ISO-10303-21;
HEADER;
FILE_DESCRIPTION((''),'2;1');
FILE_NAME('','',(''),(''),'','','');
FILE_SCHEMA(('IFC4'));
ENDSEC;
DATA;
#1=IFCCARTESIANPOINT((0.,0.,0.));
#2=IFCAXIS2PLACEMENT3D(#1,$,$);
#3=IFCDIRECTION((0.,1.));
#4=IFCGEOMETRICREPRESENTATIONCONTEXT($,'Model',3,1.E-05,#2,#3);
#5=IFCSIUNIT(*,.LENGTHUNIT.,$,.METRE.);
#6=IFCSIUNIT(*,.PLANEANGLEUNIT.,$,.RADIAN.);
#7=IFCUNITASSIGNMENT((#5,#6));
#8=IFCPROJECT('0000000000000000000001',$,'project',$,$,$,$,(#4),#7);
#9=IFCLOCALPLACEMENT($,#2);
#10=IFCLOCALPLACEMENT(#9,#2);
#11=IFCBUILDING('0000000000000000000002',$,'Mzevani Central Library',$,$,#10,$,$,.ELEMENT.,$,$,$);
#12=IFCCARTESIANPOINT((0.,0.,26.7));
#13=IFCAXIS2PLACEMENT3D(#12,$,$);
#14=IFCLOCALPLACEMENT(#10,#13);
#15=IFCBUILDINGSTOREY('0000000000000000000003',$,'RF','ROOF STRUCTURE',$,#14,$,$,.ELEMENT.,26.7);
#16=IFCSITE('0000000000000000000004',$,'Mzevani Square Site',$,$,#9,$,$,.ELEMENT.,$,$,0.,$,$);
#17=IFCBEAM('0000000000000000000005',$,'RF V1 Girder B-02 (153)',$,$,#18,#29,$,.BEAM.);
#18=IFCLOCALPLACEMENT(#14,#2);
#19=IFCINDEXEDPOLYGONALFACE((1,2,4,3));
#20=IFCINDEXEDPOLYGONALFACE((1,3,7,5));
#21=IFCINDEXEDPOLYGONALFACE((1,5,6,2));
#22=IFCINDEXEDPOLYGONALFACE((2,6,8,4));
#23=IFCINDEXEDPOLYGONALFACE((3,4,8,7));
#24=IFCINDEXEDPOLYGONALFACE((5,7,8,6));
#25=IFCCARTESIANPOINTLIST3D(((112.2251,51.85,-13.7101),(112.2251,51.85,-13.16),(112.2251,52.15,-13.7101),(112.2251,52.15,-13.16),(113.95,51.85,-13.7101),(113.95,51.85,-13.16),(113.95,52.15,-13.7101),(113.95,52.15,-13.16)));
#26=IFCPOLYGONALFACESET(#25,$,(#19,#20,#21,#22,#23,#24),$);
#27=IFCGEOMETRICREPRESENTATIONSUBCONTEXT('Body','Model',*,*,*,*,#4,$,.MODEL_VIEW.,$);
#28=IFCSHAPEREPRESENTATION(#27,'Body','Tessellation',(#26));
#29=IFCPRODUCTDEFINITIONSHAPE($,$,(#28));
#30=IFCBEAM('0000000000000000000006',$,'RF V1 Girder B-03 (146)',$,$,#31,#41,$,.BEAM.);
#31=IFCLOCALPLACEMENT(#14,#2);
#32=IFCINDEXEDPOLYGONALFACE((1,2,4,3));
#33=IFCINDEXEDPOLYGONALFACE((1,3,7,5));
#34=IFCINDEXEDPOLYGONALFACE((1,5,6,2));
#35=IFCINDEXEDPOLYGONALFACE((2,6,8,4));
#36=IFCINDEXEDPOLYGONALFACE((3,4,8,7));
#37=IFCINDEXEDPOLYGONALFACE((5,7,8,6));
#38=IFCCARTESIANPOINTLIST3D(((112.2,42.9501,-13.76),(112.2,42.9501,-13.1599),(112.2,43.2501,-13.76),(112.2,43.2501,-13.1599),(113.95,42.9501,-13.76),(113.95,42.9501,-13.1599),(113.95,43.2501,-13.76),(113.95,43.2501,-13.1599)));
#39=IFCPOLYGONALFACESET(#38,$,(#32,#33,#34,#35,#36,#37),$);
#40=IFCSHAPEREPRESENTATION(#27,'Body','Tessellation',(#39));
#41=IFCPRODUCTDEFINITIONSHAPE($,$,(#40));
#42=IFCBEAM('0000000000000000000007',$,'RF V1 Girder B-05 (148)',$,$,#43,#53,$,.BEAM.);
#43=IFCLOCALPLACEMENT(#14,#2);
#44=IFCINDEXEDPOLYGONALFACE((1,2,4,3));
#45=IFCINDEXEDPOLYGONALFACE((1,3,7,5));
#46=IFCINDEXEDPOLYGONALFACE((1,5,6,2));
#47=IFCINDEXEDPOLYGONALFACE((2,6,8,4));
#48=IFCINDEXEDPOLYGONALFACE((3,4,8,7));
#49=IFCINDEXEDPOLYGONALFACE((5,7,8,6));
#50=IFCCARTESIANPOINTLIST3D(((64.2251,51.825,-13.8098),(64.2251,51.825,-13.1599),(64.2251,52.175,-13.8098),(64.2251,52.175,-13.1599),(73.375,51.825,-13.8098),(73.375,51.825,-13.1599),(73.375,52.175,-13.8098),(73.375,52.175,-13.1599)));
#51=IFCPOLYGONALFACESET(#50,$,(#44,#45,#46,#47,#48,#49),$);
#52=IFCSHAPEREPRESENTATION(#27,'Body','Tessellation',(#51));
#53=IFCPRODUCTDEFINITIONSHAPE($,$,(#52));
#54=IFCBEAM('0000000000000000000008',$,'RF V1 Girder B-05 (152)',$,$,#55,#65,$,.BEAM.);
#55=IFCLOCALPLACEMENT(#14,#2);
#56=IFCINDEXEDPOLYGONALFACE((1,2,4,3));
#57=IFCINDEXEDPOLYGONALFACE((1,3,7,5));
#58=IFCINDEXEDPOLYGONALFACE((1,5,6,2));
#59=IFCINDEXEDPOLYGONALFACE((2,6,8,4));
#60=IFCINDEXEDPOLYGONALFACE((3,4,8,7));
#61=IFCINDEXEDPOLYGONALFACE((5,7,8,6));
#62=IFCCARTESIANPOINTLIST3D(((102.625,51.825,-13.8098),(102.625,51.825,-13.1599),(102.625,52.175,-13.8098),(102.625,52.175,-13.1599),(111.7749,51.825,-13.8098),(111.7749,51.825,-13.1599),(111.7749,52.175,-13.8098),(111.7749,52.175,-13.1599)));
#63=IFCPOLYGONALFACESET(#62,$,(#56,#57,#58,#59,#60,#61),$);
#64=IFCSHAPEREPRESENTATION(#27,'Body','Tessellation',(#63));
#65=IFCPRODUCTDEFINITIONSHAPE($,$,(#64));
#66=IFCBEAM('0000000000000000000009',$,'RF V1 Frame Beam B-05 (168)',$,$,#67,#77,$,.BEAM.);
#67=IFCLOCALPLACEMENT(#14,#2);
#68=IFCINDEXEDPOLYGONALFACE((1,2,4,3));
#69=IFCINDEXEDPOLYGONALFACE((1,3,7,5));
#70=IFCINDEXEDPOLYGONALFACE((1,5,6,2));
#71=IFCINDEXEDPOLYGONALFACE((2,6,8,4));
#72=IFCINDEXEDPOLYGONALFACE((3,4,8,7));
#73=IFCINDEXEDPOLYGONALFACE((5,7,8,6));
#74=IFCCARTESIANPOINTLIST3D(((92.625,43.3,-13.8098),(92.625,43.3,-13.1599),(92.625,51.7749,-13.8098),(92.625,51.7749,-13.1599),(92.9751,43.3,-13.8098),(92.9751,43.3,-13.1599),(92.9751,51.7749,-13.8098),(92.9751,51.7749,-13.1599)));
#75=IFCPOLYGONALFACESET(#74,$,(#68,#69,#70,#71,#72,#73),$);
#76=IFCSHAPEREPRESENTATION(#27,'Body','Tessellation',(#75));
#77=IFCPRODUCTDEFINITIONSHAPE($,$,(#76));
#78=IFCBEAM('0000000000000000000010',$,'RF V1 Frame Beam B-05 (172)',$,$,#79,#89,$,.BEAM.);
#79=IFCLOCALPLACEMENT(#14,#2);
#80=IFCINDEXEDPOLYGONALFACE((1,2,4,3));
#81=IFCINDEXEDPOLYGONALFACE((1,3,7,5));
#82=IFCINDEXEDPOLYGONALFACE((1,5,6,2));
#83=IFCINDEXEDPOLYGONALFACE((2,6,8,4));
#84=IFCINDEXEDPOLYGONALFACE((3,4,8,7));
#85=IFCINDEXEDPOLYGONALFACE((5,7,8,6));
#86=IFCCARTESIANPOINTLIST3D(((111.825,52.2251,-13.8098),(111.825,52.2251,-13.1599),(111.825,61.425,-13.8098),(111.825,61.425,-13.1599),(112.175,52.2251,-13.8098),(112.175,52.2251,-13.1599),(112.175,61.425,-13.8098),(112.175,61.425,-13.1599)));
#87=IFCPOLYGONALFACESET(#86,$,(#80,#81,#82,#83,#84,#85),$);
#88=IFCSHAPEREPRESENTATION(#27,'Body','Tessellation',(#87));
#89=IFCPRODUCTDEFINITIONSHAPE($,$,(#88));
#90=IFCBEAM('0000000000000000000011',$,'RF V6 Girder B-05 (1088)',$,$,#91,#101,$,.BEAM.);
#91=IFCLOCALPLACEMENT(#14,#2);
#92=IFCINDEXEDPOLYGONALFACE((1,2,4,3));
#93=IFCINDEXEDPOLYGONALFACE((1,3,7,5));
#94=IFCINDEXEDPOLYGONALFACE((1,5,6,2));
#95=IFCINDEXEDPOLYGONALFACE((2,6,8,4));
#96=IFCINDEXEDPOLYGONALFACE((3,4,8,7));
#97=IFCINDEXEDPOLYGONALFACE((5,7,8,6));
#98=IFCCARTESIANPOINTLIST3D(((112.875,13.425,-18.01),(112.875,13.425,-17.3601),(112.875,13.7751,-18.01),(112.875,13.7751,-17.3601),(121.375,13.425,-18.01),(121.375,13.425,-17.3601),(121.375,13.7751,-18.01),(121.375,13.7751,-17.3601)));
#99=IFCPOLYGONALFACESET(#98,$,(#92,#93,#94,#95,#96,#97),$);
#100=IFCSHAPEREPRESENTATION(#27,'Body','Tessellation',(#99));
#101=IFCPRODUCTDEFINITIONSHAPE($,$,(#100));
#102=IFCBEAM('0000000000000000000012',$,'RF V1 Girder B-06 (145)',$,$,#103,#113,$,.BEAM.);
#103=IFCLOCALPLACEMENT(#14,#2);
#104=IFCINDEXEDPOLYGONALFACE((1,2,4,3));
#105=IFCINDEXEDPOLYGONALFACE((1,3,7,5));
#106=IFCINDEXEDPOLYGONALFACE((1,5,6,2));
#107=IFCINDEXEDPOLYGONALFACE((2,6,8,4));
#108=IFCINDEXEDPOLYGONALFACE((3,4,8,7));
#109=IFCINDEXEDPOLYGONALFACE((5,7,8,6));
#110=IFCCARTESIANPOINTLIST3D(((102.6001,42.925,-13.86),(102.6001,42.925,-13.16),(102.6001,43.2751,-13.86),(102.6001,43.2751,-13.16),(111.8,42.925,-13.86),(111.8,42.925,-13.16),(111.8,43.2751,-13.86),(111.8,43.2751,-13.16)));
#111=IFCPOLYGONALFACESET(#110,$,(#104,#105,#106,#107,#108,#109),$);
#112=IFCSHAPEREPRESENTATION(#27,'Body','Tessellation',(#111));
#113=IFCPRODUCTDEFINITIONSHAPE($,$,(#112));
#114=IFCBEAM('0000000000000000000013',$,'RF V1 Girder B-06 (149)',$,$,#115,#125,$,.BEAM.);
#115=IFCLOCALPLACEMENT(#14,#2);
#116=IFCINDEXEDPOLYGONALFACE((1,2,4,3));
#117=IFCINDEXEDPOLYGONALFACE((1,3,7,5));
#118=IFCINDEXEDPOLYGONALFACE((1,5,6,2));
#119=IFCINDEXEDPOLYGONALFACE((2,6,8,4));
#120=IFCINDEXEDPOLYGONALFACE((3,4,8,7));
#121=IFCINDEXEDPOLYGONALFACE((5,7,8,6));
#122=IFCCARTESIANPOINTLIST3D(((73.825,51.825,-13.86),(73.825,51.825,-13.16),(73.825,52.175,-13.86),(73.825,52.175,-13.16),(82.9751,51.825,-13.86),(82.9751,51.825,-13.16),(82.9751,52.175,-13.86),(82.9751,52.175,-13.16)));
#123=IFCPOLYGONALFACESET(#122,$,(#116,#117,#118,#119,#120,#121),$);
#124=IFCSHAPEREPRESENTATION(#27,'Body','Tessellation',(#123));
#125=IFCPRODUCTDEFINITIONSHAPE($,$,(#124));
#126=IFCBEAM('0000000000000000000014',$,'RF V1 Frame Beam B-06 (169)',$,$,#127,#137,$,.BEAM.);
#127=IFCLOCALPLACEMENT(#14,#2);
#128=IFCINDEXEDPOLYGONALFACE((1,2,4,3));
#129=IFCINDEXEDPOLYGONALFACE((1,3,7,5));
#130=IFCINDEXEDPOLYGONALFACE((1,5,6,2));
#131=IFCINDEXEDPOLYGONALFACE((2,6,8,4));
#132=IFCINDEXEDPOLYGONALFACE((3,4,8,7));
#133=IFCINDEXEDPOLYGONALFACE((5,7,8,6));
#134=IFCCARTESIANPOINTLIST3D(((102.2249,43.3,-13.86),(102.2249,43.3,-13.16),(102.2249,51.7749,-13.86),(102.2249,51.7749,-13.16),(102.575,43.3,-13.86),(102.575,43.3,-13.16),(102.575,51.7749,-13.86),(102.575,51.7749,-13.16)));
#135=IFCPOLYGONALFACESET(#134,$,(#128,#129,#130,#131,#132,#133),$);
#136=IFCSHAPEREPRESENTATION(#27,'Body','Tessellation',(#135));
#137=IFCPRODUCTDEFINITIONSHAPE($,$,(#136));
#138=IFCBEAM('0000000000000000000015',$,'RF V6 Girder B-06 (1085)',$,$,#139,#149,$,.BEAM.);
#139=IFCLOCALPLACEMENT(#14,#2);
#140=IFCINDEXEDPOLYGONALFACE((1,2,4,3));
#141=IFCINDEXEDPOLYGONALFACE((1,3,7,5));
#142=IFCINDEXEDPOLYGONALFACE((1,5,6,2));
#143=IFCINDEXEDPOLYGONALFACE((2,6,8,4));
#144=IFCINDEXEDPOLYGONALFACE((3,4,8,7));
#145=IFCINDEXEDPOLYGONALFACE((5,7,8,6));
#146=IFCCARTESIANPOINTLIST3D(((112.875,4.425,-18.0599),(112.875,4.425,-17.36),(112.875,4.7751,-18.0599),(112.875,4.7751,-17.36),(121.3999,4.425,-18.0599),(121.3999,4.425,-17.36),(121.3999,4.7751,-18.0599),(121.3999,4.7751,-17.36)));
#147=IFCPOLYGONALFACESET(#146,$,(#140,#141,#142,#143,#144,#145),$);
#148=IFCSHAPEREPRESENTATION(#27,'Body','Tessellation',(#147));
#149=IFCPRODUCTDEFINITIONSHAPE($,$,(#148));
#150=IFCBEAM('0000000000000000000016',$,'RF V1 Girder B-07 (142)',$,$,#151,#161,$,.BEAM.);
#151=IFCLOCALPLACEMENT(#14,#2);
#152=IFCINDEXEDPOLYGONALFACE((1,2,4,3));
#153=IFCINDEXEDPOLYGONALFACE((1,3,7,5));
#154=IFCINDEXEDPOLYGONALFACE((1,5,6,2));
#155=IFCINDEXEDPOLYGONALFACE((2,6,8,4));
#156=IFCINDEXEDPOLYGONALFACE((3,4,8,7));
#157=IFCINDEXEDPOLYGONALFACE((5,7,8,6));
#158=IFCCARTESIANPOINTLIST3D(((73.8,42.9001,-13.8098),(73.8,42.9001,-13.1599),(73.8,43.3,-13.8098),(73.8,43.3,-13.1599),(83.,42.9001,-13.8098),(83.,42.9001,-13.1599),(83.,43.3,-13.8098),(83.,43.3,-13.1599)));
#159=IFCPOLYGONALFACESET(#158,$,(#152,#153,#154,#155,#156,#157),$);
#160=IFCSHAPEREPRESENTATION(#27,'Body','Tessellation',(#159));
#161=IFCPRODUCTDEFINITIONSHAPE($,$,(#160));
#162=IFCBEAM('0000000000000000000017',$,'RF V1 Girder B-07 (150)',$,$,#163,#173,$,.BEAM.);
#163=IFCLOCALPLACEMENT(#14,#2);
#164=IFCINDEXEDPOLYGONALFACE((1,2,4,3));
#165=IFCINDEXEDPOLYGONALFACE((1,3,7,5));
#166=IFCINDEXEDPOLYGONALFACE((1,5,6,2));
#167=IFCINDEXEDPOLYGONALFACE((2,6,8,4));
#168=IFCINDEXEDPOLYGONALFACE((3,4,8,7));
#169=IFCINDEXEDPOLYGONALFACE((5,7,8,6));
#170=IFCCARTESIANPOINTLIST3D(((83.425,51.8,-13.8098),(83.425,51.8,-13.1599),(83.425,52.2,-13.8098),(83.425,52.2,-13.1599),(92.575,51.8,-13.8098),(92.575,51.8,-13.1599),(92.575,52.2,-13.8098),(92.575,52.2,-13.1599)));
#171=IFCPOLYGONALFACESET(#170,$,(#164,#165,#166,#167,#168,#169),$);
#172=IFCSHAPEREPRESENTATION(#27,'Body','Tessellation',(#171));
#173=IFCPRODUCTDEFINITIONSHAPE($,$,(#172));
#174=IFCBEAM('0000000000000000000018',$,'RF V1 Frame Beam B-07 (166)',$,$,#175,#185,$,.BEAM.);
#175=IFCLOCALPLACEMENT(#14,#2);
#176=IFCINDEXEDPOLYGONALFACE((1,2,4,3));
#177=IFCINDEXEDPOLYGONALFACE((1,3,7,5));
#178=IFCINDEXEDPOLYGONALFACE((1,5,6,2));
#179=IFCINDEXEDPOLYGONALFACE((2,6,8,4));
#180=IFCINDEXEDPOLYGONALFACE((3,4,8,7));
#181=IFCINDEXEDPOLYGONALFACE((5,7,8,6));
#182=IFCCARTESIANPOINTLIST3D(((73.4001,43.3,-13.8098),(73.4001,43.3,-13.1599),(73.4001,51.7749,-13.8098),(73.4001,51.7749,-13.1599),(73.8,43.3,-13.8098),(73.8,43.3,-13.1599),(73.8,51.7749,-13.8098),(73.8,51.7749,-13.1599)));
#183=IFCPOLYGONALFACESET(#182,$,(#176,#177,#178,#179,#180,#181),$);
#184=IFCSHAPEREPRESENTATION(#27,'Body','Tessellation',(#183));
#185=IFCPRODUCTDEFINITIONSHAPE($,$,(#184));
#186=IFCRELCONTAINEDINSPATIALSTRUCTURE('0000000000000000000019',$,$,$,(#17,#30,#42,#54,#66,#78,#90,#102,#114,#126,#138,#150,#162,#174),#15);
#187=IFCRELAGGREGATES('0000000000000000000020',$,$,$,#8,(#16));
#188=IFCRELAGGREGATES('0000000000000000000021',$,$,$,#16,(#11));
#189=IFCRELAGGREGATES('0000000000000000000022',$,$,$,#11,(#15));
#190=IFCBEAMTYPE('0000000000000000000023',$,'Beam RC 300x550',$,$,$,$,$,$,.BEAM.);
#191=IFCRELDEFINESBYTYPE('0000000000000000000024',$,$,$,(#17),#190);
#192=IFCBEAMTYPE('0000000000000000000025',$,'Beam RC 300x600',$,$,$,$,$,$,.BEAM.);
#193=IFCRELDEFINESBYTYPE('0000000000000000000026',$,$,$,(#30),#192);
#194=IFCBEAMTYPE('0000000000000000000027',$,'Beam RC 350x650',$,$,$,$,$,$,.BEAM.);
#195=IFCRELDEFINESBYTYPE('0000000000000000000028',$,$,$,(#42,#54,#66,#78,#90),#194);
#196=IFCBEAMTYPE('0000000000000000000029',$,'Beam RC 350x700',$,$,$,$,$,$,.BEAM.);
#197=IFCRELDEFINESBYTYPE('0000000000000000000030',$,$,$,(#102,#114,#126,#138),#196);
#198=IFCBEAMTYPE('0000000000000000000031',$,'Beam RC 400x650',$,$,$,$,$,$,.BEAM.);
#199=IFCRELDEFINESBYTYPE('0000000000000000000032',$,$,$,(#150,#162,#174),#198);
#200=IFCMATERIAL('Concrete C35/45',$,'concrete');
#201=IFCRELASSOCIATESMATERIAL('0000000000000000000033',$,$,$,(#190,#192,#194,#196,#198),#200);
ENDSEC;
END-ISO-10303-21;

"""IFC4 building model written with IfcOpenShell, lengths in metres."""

from ifc_helpers import new_model, si_unit, direction, frame, origin, origin_2d, place, context, subcontext, project, spatial, rectangle, extrude, material, material_profile, profile_set, type_object, element, save


model = new_model("IFC4")

# Units and contexts
model_context = context("Model", 3, precision=1e-05, world=origin(), true_north=direction((0.0, 1.0)))
body_context = subcontext(model_context, "Body", "Model", "MODEL_VIEW")
ifc_project = project(units=[si_unit("LENGTHUNIT", "METRE"), si_unit("PLANEANGLEUNIT", "RADIAN")], contexts=[model_context])

# Site, building, storey
site_placement = place(None, origin())
site = spatial("IfcSite", under=ifc_project, at=site_placement, Name="Mzevani Square Site", CompositionType="ELEMENT", RefElevation=0.0)
building_placement = place(site_placement, origin())
building = spatial("IfcBuilding", under=site, at=building_placement, Name="Mzevani Central Library", CompositionType="ELEMENT")
storey_placement = place(building_placement, frame((0.0, 0.0, 26.7)))
storey = spatial("IfcBuildingStorey", under=building, at=storey_placement, Name="RF", Description="ROOF STRUCTURE", CompositionType="ELEMENT", Elevation=26.7)

# Beams
ifc_material_1 = material(Name="Concrete C35/45", Category="concrete")
ifc_material_profile_1 = material_profile(ifc_material_1, rectangle(XDim=0.3, YDim=0.55, at=origin_2d()), Name="RC B300x550")
ifc_profile_set_1 = profile_set([ifc_material_profile_1], Name="Concrete C35/45")
beam_type_1 = type_object("IfcBeamType", Name="Beam RC 300x550", PredefinedType="BEAM", material=ifc_profile_set_1)
beam_1_placement = place(storey_placement, frame((112.2251, 52.0, -13.4351), z_axis=(1.0, 0.0, 0.0), x_axis=(0.0, 1.0, 0.0)))
element("IfcBeam", 1, at=beam_1_placement, inside=storey, type_object=beam_type_1, Name="RF V1 Girder B-02 (153)", PredefinedType="BEAM", context=body_context, shape_type="SweptSolid", body=[
    extrude(rectangle(XDim=0.3, YDim=0.55, at=origin_2d()), origin(), (0.0, 0.0, 1.0), 1.7249),
])
ifc_material_profile_2 = material_profile(ifc_material_1, rectangle(XDim=0.3, YDim=0.6001, at=origin_2d()), Name="RC B300x600")
ifc_profile_set_2 = profile_set([ifc_material_profile_2], Name="Concrete C35/45")
beam_type_2 = type_object("IfcBeamType", Name="Beam RC 300x600", PredefinedType="BEAM", material=ifc_profile_set_2)
beam_2_placement = place(storey_placement, frame((112.2, 43.1001, -13.46), z_axis=(1.0, 0.0, 0.0), x_axis=(0.0, 1.0, 0.0)))
element("IfcBeam", 2, at=beam_2_placement, inside=storey, type_object=beam_type_2, Name="RF V1 Girder B-03 (146)", PredefinedType="BEAM", context=body_context, shape_type="SweptSolid", body=[
    extrude(rectangle(XDim=0.3, YDim=0.6001, at=origin_2d()), origin(), (0.0, 0.0, 1.0), 1.75),
])
ifc_material_profile_3 = material_profile(ifc_material_1, rectangle(XDim=0.3501, YDim=0.6499, at=origin_2d()), Name="RC B350x650")
ifc_profile_set_3 = profile_set([ifc_material_profile_3], Name="Concrete C35/45")
beam_type_3 = type_object("IfcBeamType", Name="Beam RC 350x650", PredefinedType="BEAM", material=ifc_profile_set_3)
for number, where, z_axis, x_axis, name in (
    (3, (64.2251, 52.0, -13.4849), (1.0, 0.0, 0.0), (0.0, 1.0, 0.0), "RF V1 Girder B-05 (148)"),
    (4, (102.625, 52.0, -13.4849), (1.0, 0.0, 0.0), (0.0, 1.0, 0.0), "RF V1 Girder B-05 (152)"),
):
    element("IfcBeam", number, at=place(storey_placement, frame(where, z_axis=z_axis, x_axis=x_axis)), inside=storey, type_object=beam_type_3, Name=name, PredefinedType="BEAM", context=body_context, shape_type="SweptSolid", body=[
        extrude(rectangle(XDim=0.3501, YDim=0.6499, at=origin_2d()), origin(), (0.0, 0.0, 1.0), 9.1499),
    ])
beam_3_placement = place(storey_placement, frame((92.8, 43.3, -13.4849), z_axis=(0.0, 1.0, 0.0), x_axis=(-1.0, 0.0, 0.0)))
element("IfcBeam", 5, at=beam_3_placement, inside=storey, type_object=beam_type_3, Name="RF V1 Frame Beam B-05 (168)", PredefinedType="BEAM", context=body_context, shape_type="SweptSolid", body=[
    extrude(rectangle(XDim=0.3501, YDim=0.6499, at=origin_2d()), origin(), (0.0, 0.0, 1.0), 8.4749),
])
beam_4_placement = place(storey_placement, frame((112.0, 52.2251, -13.4849), z_axis=(0.0, 1.0, 0.0), x_axis=(-1.0, 0.0, 0.0)))
element("IfcBeam", 6, at=beam_4_placement, inside=storey, type_object=beam_type_3, Name="RF V1 Frame Beam B-05 (172)", PredefinedType="BEAM", context=body_context, shape_type="SweptSolid", body=[
    extrude(rectangle(XDim=0.3501, YDim=0.6499, at=origin_2d()), origin(), (0.0, 0.0, 1.0), 9.2),
])
beam_5_placement = place(storey_placement, frame((112.875, 13.6001, -17.6851), z_axis=(1.0, 0.0, 0.0), x_axis=(0.0, 1.0, 0.0)))
element("IfcBeam", 7, at=beam_5_placement, inside=storey, type_object=beam_type_3, Name="RF V6 Girder B-05 (1088)", PredefinedType="BEAM", context=body_context, shape_type="SweptSolid", body=[
    extrude(rectangle(XDim=0.3501, YDim=0.6499, at=origin_2d()), origin(), (0.0, 0.0, 1.0), 8.5),
])
ifc_material_profile_4 = material_profile(ifc_material_1, rectangle(XDim=0.3501, YDim=0.7, at=origin_2d()), Name="RC B350x700")
ifc_profile_set_4 = profile_set([ifc_material_profile_4], Name="Concrete C35/45")
beam_type_4 = type_object("IfcBeamType", Name="Beam RC 350x700", PredefinedType="BEAM", material=ifc_profile_set_4)
beam_6_placement = place(storey_placement, frame((102.6001, 43.1001, -13.51), z_axis=(1.0, 0.0, 0.0), x_axis=(0.0, 1.0, 0.0)))
element("IfcBeam", 8, at=beam_6_placement, inside=storey, type_object=beam_type_4, Name="RF V1 Girder B-06 (145)", PredefinedType="BEAM", context=body_context, shape_type="SweptSolid", body=[
    extrude(rectangle(XDim=0.3501, YDim=0.7, at=origin_2d()), origin(), (0.0, 0.0, 1.0), 9.2),
])
beam_7_placement = place(storey_placement, frame((73.825, 52.0, -13.51), z_axis=(1.0, 0.0, 0.0), x_axis=(0.0, 1.0, 0.0)))
element("IfcBeam", 9, at=beam_7_placement, inside=storey, type_object=beam_type_4, Name="RF V1 Girder B-06 (149)", PredefinedType="BEAM", context=body_context, shape_type="SweptSolid", body=[
    extrude(rectangle(XDim=0.3501, YDim=0.7, at=origin_2d()), origin(), (0.0, 0.0, 1.0), 9.1501),
])
beam_8_placement = place(storey_placement, frame((102.3999, 43.3, -13.51), z_axis=(0.0, 1.0, 0.0), x_axis=(-1.0, 0.0, 0.0)))
element("IfcBeam", 10, at=beam_8_placement, inside=storey, type_object=beam_type_4, Name="RF V1 Frame Beam B-06 (169)", PredefinedType="BEAM", context=body_context, shape_type="SweptSolid", body=[
    extrude(rectangle(XDim=0.3501, YDim=0.7, at=origin_2d()), origin(), (0.0, 0.0, 1.0), 8.4749),
])
beam_9_placement = place(storey_placement, frame((112.875, 4.6001, -17.71), z_axis=(1.0, 0.0, 0.0), x_axis=(0.0, 1.0, 0.0)))
element("IfcBeam", 11, at=beam_9_placement, inside=storey, type_object=beam_type_4, Name="RF V6 Girder B-06 (1085)", PredefinedType="BEAM", context=body_context, shape_type="SweptSolid", body=[
    extrude(rectangle(XDim=0.3501, YDim=0.7, at=origin_2d()), origin(), (0.0, 0.0, 1.0), 8.5249),
])
ifc_material_profile_5 = material_profile(ifc_material_1, rectangle(XDim=0.3999, YDim=0.6499, at=origin_2d()), Name="RC B400x650")
ifc_profile_set_5 = profile_set([ifc_material_profile_5], Name="Concrete C35/45")
beam_type_5 = type_object("IfcBeamType", Name="Beam RC 400x650", PredefinedType="BEAM", material=ifc_profile_set_5)
beam_10_placement = place(storey_placement, frame((73.8, 43.1001, -13.4849), z_axis=(1.0, 0.0, 0.0), x_axis=(0.0, 1.0, 0.0)))
element("IfcBeam", 12, at=beam_10_placement, inside=storey, type_object=beam_type_5, Name="RF V1 Girder B-07 (142)", PredefinedType="BEAM", context=body_context, shape_type="SweptSolid", body=[
    extrude(rectangle(XDim=0.3999, YDim=0.6499, at=origin_2d()), origin(), (0.0, 0.0, 1.0), 9.2),
])
beam_11_placement = place(storey_placement, frame((83.425, 52.0, -13.4849), z_axis=(1.0, 0.0, 0.0), x_axis=(0.0, 1.0, 0.0)))
element("IfcBeam", 13, at=beam_11_placement, inside=storey, type_object=beam_type_5, Name="RF V1 Girder B-07 (150)", PredefinedType="BEAM", context=body_context, shape_type="SweptSolid", body=[
    extrude(rectangle(XDim=0.3999, YDim=0.6499, at=origin_2d()), origin(), (0.0, 0.0, 1.0), 9.1499),
])
beam_12_placement = place(storey_placement, frame((73.6001, 43.3, -13.4849), z_axis=(0.0, 1.0, 0.0), x_axis=(-1.0, 0.0, 0.0)))
element("IfcBeam", 14, at=beam_12_placement, inside=storey, type_object=beam_type_5, Name="RF V1 Frame Beam B-07 (166)", PredefinedType="BEAM", context=body_context, shape_type="SweptSolid", body=[
    extrude(rectangle(XDim=0.3999, YDim=0.6499, at=origin_2d()), origin(), (0.0, 0.0, 1.0), 8.4749),
])

save(model, "model.ifc")
